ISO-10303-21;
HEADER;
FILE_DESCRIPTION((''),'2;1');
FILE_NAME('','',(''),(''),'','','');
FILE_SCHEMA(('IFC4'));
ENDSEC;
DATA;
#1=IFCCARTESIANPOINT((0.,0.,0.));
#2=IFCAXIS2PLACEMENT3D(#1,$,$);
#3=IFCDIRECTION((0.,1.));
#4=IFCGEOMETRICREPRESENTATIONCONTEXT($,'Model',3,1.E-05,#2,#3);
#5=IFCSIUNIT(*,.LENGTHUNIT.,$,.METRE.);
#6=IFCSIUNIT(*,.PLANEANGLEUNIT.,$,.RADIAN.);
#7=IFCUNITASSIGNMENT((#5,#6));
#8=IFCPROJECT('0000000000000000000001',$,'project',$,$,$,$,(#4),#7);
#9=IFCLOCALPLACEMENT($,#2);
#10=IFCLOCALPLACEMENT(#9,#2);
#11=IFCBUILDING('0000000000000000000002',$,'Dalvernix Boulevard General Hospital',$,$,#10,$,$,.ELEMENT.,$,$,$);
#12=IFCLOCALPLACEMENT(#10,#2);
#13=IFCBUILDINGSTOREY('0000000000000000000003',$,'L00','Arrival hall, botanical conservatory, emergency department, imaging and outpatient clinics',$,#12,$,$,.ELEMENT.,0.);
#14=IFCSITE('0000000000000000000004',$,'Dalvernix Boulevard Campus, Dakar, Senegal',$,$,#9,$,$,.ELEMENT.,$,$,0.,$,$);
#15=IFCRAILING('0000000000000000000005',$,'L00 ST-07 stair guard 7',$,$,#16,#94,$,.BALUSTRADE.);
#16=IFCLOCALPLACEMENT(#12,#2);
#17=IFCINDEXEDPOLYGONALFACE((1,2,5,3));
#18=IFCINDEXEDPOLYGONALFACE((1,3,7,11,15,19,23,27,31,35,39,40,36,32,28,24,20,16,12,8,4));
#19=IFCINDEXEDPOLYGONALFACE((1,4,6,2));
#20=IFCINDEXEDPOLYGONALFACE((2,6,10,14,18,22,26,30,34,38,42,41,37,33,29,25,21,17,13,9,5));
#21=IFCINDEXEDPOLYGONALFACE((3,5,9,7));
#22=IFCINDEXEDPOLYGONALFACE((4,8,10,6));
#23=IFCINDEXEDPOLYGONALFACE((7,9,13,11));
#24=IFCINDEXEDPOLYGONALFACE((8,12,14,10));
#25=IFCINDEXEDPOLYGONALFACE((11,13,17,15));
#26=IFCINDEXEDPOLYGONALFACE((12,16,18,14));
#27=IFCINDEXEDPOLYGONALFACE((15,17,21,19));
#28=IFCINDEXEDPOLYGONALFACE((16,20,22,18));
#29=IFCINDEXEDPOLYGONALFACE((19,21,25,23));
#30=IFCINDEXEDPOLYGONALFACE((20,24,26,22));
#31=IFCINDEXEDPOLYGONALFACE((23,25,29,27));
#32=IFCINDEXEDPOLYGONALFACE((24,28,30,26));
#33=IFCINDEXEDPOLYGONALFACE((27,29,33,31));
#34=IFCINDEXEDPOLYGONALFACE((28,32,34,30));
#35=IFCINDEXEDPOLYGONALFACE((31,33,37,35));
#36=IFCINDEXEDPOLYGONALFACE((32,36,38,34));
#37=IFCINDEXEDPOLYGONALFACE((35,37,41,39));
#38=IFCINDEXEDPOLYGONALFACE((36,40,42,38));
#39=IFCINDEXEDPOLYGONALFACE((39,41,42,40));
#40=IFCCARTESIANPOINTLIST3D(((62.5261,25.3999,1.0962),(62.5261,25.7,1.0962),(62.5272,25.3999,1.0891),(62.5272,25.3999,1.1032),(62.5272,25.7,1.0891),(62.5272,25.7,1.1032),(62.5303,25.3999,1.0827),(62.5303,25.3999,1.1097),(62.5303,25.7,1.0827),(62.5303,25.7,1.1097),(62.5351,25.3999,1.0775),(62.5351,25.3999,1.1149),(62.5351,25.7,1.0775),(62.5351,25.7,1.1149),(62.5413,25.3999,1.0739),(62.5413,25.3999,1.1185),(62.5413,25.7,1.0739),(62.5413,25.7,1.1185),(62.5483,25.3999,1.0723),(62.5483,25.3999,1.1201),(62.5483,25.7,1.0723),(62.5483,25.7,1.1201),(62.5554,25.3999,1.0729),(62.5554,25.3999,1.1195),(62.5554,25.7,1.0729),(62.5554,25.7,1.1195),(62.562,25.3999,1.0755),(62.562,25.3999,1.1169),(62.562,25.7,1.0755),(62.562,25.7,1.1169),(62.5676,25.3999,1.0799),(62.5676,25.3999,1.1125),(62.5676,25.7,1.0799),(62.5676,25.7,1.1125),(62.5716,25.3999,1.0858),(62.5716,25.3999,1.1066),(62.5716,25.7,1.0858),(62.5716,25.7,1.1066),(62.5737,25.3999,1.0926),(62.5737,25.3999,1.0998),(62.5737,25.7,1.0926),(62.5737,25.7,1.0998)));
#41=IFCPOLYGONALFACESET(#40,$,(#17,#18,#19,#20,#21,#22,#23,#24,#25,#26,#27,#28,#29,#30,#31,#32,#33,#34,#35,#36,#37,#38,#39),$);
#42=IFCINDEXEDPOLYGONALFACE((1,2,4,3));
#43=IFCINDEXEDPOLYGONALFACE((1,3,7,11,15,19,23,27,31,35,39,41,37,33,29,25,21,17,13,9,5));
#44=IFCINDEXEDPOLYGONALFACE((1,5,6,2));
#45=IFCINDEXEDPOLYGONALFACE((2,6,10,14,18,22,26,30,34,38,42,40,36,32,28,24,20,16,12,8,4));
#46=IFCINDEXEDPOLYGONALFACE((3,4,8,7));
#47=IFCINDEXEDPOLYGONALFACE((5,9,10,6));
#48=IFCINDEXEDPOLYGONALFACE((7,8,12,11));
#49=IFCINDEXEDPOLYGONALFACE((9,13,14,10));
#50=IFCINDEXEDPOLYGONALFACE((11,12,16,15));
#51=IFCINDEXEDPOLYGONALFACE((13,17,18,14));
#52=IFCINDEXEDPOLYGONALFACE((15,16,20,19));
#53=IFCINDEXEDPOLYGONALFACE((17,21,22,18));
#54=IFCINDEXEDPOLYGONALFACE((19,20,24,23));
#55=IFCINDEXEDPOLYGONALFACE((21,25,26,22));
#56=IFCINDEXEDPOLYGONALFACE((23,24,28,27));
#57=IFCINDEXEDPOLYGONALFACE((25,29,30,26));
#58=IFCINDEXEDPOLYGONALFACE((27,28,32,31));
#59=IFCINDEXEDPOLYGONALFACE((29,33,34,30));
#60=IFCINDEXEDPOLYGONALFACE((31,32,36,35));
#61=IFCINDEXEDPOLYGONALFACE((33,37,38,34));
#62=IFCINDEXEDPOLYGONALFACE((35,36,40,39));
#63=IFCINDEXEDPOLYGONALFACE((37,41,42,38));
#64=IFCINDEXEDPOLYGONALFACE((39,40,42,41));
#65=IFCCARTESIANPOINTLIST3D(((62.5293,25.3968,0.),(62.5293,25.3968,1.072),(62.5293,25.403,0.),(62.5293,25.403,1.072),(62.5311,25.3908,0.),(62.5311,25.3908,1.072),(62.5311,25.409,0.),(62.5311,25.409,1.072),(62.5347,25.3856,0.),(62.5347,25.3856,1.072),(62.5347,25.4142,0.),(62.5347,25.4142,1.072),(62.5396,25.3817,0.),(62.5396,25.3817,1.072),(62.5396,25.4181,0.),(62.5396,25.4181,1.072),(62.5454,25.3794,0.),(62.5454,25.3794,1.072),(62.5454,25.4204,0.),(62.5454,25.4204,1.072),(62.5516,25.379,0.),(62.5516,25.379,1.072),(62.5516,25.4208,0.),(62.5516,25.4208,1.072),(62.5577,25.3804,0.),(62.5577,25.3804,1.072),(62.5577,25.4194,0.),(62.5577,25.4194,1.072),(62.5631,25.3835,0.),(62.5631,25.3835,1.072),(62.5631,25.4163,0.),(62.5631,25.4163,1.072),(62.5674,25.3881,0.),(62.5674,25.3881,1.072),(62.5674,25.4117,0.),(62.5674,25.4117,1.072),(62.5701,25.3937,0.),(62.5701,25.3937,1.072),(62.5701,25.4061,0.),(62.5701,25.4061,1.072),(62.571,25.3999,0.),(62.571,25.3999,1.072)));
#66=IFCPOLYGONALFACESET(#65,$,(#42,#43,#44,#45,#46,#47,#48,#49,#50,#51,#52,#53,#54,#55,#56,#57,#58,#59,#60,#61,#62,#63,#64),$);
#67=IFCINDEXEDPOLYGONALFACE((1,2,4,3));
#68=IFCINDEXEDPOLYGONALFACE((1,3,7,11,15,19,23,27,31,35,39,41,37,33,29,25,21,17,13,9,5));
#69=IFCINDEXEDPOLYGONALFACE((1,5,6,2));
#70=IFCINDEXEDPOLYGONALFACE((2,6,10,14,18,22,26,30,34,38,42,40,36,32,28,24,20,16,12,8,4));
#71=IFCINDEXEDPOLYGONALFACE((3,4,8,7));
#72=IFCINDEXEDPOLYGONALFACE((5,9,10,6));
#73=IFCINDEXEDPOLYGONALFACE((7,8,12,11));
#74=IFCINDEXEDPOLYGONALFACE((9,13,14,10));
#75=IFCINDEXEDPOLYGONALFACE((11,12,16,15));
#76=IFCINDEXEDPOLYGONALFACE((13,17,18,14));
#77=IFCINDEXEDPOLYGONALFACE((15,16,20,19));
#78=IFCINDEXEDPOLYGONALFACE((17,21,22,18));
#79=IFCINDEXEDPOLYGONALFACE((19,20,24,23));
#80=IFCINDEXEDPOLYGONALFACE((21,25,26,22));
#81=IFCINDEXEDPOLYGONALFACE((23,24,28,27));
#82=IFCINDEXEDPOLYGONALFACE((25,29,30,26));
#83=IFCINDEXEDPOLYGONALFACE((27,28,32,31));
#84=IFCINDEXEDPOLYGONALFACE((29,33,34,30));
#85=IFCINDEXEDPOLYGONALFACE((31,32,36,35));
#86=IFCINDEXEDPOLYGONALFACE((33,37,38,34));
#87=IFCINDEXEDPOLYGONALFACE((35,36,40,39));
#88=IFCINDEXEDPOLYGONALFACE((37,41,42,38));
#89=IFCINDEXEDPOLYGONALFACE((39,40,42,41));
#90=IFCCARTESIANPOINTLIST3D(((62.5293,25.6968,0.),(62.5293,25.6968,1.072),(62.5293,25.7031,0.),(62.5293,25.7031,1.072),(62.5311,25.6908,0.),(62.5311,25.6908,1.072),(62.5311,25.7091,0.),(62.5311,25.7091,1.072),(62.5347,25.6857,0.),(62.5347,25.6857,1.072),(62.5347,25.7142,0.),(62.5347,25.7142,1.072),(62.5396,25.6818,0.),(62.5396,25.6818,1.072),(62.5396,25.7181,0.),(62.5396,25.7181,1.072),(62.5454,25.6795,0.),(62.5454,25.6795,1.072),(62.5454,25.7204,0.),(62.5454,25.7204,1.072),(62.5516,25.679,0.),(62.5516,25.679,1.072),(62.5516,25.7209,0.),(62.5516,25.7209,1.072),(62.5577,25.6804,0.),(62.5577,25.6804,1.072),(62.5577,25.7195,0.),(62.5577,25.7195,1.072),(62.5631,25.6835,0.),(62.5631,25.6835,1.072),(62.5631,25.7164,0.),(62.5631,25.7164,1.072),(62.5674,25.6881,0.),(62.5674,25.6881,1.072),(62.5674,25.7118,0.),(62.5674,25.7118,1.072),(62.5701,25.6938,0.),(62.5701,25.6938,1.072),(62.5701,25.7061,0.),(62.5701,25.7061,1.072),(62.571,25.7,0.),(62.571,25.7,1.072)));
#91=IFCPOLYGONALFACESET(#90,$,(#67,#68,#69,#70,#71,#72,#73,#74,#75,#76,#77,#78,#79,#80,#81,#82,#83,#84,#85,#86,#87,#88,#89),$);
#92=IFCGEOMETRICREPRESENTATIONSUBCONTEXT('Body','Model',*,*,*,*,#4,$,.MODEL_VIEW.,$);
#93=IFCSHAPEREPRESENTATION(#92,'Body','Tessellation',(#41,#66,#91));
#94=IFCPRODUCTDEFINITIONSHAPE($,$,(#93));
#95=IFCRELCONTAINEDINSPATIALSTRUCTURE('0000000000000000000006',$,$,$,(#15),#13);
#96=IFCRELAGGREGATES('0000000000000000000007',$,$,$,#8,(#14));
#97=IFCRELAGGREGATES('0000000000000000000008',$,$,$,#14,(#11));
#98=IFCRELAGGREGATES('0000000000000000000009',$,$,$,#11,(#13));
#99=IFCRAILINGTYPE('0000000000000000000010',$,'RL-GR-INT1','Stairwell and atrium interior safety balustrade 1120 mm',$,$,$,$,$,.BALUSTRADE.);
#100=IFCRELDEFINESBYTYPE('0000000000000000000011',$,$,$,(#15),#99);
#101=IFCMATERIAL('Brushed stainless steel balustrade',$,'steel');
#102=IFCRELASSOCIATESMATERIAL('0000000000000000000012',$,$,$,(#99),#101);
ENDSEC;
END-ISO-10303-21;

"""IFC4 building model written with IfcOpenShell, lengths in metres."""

from ifc_helpers import new_model, si_unit, direction, frame, origin, origin_2d, place, context, subcontext, project, spatial, circle, extrude, material, type_object, element, save


model = new_model("IFC4")

# Units and contexts
model_context = context("Model", 3, precision=1e-05, world=origin(), true_north=direction((0.0, 1.0)))
body_context = subcontext(model_context, "Body", "Model", "MODEL_VIEW")
ifc_project = project(units=[si_unit("LENGTHUNIT", "METRE"), si_unit("PLANEANGLEUNIT", "RADIAN")], contexts=[model_context])

# Site, building, storey
site_placement = place(None, origin())
site = spatial("IfcSite", under=ifc_project, at=site_placement, Name="Dalvernix Boulevard Campus, Dakar, Senegal", CompositionType="ELEMENT", RefElevation=0.0)
building_placement = place(site_placement, origin())
building = spatial("IfcBuilding", under=site, at=building_placement, Name="Dalvernix Boulevard General Hospital", CompositionType="ELEMENT")
storey_placement = place(building_placement, origin())
storey = spatial("IfcBuildingStorey", under=building, at=storey_placement, Name="L00", Description="Arrival hall, botanical conservatory, emergency department, imaging and outpatient clinics", CompositionType="ELEMENT", Elevation=0.0)

# Railing
ifc_material_1 = material(Name="Brushed stainless steel balustrade", Category="steel")
railing_type_1 = type_object("IfcRailingType", Name="RL-GR-INT1", Description="Stairwell and atrium interior safety balustrade 1120 mm", PredefinedType="BALUSTRADE", material=ifc_material_1)
railing_1_placement = place(storey_placement, frame((62.55, 25.3999, 0.0)))
element("IfcRailing", 1, at=railing_1_placement, inside=storey, type_object=railing_type_1, Name="L00 ST-07 stair guard 7", PredefinedType="BALUSTRADE", context=body_context, shape_type="SweptSolid", body=[
    extrude(circle(Radius=0.0239, at=origin_2d()), frame((0.0, 0.0, 1.0962), z_axis=(0.0, 1.0, 0.0), x_axis=(-1.0, 0.0, 0.0)), (0.0, 0.0, 1.0), 0.3),
    extrude(circle(Radius=0.021, at=origin_2d()), origin(), (0.0, 0.0, 1.0), 1.072),
    extrude(circle(Radius=0.021, at=origin_2d()), frame((0.0, 0.3, 0.0)), (0.0, 0.0, 1.0), 1.072),
])

save(model, "model.ifc")
